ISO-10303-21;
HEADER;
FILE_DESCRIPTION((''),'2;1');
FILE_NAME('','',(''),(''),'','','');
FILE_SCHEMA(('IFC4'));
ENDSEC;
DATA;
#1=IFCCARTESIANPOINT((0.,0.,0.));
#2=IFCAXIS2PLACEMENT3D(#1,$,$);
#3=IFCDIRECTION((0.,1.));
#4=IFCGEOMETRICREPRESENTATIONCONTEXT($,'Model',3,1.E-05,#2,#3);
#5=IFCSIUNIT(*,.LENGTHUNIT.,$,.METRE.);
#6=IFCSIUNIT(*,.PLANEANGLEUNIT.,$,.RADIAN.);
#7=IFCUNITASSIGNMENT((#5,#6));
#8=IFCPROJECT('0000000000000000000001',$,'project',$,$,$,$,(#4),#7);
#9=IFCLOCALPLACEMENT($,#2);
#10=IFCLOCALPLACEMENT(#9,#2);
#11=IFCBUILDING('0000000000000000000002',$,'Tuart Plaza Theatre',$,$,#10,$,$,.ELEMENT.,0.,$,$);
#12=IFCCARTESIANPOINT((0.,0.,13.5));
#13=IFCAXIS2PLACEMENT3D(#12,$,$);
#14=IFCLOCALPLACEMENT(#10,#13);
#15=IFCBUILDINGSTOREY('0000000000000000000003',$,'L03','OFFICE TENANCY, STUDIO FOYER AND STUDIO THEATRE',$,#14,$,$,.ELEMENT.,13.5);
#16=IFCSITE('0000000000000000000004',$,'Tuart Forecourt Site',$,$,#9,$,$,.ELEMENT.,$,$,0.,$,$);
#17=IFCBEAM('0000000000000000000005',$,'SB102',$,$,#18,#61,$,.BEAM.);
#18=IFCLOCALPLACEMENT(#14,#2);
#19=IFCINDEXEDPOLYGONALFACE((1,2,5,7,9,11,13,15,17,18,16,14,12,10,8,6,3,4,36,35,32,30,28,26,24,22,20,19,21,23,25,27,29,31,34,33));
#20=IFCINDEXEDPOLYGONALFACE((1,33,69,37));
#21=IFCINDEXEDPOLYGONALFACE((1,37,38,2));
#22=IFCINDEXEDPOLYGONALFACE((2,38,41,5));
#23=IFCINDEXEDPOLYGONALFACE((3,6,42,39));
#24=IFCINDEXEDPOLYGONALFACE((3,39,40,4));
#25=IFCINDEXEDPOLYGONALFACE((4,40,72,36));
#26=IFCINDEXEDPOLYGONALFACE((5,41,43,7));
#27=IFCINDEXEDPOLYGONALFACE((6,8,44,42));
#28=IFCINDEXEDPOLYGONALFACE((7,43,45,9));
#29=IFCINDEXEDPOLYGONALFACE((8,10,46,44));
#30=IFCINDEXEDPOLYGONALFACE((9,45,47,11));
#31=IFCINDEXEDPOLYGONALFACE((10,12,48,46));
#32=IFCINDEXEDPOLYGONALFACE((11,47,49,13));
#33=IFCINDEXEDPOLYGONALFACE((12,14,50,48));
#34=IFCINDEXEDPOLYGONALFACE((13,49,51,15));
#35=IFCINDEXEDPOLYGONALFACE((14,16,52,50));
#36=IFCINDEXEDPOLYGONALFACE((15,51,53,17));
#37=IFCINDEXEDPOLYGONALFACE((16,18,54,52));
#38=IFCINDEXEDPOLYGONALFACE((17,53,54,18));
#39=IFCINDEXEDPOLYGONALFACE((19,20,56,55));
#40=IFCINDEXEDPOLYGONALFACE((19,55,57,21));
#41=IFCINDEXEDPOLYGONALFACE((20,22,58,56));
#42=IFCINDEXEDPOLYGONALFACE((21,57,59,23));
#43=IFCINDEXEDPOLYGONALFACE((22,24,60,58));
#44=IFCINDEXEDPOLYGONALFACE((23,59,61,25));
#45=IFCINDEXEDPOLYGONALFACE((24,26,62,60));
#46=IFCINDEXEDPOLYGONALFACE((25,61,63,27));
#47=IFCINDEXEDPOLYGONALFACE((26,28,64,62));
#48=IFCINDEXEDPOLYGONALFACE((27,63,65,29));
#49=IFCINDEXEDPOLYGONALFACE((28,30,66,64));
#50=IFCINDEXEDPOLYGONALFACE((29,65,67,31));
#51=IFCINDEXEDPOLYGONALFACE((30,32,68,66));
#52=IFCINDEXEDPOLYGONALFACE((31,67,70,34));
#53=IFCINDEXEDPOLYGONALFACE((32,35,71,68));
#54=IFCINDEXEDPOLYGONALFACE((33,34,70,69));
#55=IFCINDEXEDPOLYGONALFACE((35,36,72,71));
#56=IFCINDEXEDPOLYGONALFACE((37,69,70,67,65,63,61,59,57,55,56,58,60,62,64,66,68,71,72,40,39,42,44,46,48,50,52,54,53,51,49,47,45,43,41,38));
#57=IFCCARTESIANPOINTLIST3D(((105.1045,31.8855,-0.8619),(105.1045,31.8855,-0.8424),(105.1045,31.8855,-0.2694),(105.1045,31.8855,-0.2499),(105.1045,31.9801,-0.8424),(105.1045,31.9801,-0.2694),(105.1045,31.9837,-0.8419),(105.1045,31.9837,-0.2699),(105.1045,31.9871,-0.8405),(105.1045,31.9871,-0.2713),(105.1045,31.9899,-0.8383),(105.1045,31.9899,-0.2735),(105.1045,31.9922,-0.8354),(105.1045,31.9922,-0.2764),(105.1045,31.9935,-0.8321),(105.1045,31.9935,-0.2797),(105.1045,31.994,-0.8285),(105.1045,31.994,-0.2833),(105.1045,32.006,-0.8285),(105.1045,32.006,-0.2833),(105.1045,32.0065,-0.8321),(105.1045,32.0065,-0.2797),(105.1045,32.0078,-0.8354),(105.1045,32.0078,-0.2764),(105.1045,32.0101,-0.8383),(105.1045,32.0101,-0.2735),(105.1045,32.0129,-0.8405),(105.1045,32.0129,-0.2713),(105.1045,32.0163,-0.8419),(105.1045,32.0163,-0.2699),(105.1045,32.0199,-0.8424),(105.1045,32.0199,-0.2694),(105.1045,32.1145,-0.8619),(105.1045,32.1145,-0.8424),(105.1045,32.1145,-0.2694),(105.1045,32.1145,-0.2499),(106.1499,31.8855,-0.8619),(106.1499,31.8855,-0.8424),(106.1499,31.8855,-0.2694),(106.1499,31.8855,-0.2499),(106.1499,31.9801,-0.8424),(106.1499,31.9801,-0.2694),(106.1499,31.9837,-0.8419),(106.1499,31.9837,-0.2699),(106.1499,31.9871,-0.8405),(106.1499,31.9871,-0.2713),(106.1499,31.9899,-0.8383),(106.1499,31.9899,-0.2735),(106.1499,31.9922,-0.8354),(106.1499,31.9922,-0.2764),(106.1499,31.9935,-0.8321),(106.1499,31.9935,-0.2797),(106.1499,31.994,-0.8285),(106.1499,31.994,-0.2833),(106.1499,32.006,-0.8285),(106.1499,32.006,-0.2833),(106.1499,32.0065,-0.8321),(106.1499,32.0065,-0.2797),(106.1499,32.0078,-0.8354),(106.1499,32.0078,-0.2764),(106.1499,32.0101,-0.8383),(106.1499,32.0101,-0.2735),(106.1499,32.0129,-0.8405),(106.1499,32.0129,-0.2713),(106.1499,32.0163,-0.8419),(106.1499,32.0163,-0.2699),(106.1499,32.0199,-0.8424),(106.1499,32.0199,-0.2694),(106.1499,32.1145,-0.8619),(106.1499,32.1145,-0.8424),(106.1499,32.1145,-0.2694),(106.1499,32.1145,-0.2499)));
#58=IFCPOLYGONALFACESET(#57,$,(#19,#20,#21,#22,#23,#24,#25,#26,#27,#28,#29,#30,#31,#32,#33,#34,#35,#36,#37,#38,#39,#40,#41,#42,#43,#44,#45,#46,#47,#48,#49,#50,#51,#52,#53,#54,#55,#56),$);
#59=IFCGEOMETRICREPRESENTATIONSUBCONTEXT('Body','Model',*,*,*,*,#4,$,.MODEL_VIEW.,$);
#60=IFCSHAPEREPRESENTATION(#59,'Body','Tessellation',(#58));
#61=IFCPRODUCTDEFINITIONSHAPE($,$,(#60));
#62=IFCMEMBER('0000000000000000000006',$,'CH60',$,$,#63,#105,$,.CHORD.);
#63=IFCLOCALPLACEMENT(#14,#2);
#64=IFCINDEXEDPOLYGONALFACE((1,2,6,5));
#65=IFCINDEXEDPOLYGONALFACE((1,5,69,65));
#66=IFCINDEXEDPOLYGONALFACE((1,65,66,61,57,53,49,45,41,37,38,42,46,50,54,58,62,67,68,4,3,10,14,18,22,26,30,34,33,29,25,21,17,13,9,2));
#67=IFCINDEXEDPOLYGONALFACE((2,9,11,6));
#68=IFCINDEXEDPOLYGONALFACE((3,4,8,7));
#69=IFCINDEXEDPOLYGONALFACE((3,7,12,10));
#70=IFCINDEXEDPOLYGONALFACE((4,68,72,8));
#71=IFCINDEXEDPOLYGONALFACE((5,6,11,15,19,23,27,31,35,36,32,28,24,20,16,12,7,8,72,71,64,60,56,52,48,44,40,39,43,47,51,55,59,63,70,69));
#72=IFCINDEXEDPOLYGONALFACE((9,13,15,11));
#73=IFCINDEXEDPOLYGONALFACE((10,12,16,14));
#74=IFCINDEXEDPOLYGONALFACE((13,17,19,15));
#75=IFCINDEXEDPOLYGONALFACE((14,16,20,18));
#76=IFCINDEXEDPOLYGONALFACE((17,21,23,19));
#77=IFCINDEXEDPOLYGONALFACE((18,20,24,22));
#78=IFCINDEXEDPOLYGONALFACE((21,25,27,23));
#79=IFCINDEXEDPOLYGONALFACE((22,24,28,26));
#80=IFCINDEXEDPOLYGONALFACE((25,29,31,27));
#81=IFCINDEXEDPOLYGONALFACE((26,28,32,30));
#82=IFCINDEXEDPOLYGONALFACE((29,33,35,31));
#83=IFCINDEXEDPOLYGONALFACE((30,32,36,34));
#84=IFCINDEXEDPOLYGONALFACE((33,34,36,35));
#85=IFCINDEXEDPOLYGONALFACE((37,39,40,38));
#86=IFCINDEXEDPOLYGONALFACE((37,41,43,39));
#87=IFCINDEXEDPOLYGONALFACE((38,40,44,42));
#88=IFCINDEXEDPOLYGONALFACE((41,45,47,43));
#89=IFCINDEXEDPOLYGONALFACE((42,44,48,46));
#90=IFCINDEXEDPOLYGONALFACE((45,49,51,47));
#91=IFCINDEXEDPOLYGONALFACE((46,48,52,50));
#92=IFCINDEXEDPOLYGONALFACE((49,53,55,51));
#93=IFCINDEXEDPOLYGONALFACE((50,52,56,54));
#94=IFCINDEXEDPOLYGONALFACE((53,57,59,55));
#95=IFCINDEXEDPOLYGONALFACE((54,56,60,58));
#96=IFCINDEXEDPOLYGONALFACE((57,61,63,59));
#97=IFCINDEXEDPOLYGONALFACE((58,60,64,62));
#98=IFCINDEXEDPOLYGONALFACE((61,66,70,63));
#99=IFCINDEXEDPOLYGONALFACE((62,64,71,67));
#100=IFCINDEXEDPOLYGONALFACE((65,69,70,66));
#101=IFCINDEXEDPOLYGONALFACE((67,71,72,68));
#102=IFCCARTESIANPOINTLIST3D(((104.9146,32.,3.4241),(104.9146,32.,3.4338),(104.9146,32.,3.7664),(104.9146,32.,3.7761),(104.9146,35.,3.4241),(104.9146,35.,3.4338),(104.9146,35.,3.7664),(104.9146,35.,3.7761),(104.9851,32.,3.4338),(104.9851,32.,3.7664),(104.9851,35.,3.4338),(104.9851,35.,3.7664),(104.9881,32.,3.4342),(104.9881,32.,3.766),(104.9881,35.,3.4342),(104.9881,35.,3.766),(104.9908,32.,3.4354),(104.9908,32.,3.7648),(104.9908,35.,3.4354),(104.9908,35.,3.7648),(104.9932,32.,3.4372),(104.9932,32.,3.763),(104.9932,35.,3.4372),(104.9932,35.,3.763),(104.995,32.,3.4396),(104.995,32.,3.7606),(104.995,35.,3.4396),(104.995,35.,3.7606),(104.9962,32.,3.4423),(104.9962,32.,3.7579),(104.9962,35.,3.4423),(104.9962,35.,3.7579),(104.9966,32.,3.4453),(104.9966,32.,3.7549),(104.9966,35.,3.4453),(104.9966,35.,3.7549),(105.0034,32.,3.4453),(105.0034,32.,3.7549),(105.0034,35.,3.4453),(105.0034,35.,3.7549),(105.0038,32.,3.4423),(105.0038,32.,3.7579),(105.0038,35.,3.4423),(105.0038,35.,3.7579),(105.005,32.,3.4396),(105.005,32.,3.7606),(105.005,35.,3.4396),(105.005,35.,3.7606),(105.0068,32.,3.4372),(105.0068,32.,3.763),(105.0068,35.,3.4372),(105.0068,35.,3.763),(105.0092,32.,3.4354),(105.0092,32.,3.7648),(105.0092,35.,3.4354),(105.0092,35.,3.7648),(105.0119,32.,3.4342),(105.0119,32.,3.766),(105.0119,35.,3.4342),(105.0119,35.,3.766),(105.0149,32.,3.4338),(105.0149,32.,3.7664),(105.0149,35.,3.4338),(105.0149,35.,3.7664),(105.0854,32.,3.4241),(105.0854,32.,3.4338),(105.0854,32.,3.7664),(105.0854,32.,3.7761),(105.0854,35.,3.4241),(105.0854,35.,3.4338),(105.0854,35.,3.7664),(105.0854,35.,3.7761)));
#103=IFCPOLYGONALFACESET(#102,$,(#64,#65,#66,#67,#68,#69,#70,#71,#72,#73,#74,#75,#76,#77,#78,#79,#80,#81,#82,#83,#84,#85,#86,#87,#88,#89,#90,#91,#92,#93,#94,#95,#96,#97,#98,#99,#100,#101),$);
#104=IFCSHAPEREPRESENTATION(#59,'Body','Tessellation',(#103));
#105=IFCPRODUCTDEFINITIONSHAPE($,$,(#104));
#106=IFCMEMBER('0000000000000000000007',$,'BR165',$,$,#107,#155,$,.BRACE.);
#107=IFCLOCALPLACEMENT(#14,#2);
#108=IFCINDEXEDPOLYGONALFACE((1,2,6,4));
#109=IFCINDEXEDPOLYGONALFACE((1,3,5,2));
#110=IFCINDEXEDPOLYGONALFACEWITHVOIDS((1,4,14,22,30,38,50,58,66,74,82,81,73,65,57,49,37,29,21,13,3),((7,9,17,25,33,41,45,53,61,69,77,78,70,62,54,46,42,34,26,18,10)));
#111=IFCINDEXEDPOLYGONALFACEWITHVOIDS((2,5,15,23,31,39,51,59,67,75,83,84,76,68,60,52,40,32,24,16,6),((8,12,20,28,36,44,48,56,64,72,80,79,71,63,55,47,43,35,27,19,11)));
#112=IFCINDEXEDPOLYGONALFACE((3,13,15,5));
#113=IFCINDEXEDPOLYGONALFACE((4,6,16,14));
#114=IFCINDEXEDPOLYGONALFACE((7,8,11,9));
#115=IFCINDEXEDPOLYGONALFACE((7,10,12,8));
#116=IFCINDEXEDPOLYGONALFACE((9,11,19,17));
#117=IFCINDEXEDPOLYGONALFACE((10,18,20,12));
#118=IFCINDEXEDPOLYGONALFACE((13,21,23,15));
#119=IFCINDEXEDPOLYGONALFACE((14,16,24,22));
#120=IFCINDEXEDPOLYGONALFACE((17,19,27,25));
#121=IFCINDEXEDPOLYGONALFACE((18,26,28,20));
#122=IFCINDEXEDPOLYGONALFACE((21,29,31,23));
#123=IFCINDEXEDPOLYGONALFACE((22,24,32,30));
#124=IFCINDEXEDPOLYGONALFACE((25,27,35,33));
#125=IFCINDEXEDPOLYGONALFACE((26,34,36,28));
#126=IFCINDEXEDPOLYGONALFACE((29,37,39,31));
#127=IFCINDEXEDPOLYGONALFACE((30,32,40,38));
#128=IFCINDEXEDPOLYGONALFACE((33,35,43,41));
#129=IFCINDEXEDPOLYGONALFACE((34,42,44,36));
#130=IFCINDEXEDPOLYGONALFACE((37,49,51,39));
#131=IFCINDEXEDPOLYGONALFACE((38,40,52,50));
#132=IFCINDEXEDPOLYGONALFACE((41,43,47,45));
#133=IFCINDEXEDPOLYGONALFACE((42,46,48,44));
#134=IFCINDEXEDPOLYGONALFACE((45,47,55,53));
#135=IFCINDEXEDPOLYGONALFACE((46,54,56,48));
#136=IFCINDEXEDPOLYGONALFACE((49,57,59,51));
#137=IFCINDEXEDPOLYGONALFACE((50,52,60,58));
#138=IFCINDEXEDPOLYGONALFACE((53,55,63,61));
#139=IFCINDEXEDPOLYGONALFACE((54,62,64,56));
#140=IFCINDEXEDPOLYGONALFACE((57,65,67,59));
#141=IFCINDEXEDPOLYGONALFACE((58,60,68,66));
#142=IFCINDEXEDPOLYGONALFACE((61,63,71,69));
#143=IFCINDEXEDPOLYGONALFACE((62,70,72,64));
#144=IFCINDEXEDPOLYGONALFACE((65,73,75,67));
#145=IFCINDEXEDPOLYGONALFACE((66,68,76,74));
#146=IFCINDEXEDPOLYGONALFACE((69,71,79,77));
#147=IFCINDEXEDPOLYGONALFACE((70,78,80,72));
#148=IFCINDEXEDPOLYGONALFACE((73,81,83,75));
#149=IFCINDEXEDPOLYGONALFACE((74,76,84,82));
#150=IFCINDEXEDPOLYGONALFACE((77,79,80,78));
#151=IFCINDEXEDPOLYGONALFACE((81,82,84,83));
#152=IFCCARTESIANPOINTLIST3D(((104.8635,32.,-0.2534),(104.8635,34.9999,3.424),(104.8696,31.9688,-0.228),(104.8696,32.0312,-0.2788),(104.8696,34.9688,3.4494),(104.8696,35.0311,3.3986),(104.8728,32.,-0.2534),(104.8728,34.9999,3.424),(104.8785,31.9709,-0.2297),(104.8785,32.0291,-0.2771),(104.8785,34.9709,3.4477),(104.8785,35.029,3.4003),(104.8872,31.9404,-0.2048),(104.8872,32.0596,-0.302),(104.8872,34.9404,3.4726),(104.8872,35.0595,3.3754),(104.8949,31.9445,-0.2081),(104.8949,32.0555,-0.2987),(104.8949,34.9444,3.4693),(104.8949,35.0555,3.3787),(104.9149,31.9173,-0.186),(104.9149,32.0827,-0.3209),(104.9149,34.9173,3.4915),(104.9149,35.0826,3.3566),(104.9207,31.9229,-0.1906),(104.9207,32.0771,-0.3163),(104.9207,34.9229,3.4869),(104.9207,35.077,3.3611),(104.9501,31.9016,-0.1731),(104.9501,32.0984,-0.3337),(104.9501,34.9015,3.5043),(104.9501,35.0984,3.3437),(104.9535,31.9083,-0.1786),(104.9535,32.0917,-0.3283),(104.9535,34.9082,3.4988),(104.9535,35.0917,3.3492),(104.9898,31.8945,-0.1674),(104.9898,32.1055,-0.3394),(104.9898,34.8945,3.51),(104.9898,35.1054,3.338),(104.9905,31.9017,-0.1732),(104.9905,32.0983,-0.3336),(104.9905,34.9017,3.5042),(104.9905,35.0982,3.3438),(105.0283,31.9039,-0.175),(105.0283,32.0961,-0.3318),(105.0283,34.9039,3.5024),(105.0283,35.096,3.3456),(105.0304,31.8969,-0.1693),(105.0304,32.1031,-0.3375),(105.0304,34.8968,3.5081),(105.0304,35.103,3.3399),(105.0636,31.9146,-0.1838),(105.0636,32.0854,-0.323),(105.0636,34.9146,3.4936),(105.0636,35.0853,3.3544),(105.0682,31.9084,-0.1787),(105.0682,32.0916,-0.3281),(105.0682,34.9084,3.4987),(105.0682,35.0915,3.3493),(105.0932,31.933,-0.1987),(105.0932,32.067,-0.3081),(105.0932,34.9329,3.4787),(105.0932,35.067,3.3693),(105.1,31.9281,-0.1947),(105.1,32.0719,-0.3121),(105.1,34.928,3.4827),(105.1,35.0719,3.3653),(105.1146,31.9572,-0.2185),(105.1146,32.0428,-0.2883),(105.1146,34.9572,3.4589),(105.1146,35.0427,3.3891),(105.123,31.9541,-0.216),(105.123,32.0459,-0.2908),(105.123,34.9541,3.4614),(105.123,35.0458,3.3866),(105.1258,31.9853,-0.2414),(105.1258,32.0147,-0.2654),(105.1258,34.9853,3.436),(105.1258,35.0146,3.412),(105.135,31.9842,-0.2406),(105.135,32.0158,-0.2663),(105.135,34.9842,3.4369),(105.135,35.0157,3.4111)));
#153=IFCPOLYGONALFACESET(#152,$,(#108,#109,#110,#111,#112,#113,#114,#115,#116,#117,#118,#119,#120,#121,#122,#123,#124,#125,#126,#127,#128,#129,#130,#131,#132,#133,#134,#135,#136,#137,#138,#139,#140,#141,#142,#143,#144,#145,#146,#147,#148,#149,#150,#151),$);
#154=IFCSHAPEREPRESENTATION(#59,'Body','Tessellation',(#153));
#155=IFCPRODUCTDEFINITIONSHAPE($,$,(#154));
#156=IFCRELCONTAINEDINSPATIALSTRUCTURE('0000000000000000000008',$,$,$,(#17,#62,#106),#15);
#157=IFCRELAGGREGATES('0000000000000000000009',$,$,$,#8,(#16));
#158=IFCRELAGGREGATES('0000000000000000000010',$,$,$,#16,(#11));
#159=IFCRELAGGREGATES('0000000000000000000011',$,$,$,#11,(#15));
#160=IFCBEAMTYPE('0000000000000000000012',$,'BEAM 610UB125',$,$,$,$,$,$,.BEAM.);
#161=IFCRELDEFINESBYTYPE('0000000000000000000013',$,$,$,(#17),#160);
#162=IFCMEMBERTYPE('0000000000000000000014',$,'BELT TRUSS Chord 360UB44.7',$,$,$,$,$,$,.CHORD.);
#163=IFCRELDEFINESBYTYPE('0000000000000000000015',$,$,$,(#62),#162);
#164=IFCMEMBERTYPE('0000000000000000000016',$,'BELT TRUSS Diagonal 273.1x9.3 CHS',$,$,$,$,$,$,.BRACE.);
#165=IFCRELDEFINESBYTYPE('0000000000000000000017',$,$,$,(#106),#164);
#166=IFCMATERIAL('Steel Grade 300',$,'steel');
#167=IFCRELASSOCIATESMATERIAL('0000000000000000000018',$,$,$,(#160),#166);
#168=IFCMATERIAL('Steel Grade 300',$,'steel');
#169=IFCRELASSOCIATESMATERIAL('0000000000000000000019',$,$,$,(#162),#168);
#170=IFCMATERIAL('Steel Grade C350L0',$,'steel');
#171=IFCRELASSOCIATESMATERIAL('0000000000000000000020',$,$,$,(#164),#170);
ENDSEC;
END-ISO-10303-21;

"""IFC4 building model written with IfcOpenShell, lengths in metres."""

from ifc_helpers import new_model, si_unit, direction, frame, origin, origin_2d, place, context, subcontext, project, spatial, hollow_circle, i_section, extrude, material, material_profile, profile_set, type_object, element, save


model = new_model("IFC4")

# Units and contexts
model_context = context("Model", 3, precision=1e-05, world=origin(), true_north=direction((0.0, 1.0)))
body_context = subcontext(model_context, "Body", "Model", "MODEL_VIEW")
ifc_project = project(units=[si_unit("LENGTHUNIT", "METRE"), si_unit("PLANEANGLEUNIT", "RADIAN")], contexts=[model_context])

# Site, building, storey
site_placement = place(None, origin())
site = spatial("IfcSite", under=ifc_project, at=site_placement, Name="Tuart Forecourt Site", CompositionType="ELEMENT", RefElevation=0.0)
building_placement = place(site_placement, origin())
building = spatial("IfcBuilding", under=site, at=building_placement, Name="Tuart Plaza Theatre", CompositionType="ELEMENT", ElevationOfRefHeight=0.0)
storey_placement = place(building_placement, frame((0.0, 0.0, 13.5)))
storey = spatial("IfcBuildingStorey", under=building, at=storey_placement, Name="L03", Description="OFFICE TENANCY, STUDIO FOYER AND STUDIO THEATRE", CompositionType="ELEMENT", Elevation=13.5)

# Beam
ifc_material_1 = material(Name="Steel Grade 300", Category="steel")
ifc_material_profile_1 = material_profile(ifc_material_1, i_section(OverallWidth=0.229, OverallDepth=0.6121, WebThickness=0.012, FlangeThickness=0.0195, FilletRadius=0.0139, at=origin_2d()), Name="610UB125")
ifc_profile_set_1 = profile_set([ifc_material_profile_1], Name="Steel Grade 300")
beam_type = type_object("IfcBeamType", Name="BEAM 610UB125", PredefinedType="BEAM", material=ifc_profile_set_1)
beam_placement = place(storey_placement, frame((105.1045, 32.0, -0.5559), z_axis=(1.0, 0.0, 0.0), x_axis=(0.0, 1.0, 0.0)))
element("IfcBeam", 1, at=beam_placement, inside=storey, type_object=beam_type, Name="SB102", PredefinedType="BEAM", context=body_context, shape_type="SweptSolid", body=[
    extrude(i_section(OverallWidth=0.229, OverallDepth=0.6121, WebThickness=0.012, FlangeThickness=0.0195, FilletRadius=0.0139, at=origin_2d()), origin(), (0.0, 0.0, 1.0), 1.0454),
])

# Members
ifc_material_2 = material(Name="Steel Grade 300", Category="steel")
ifc_material_profile_2 = material_profile(ifc_material_2, i_section(OverallWidth=0.1709, OverallDepth=0.3521, WebThickness=0.0068, FlangeThickness=0.0098, FilletRadius=0.0115, at=origin_2d()), Name="360UB44.7")
ifc_profile_set_2 = profile_set([ifc_material_profile_2], Name="Steel Grade 300")
member_type_1 = type_object("IfcMemberType", Name="BELT TRUSS Chord 360UB44.7", PredefinedType="CHORD", material=ifc_profile_set_2)
member_1_placement = place(storey_placement, frame((105.0, 32.0, 3.6001), z_axis=(0.0, 1.0, 0.0), x_axis=(-1.0, 0.0, 0.0)))
element("IfcMember", 2, at=member_1_placement, inside=storey, type_object=member_type_1, Name="CH60", PredefinedType="CHORD", context=body_context, shape_type="SweptSolid", body=[
    extrude(i_section(OverallWidth=0.1709, OverallDepth=0.3521, WebThickness=0.0068, FlangeThickness=0.0098, FilletRadius=0.0115, at=origin_2d()), origin(), (0.0, 0.0, 1.0), 3.0),
])
ifc_material_3 = material(Name="Steel Grade C350L0", Category="steel")
ifc_material_profile_3 = material_profile(ifc_material_3, hollow_circle(Radius=0.1365, WallThickness=0.0093, at=origin_2d()), Name="273.1x9.3 CHS")
ifc_profile_set_3 = profile_set([ifc_material_profile_3], Name="Steel Grade C350L0")
member_type_2 = type_object("IfcMemberType", Name="BELT TRUSS Diagonal 273.1x9.3 CHS", PredefinedType="BRACE", material=ifc_profile_set_3)
member_2_placement = place(storey_placement, frame((105.0, 32.0, -0.2534), z_axis=(0.0, 0.632119, 0.774871), x_axis=(-1.0, 0.0, 0.0)))
element("IfcMember", 3, at=member_2_placement, inside=storey, type_object=member_type_2, Name="BR165", PredefinedType="BRACE", context=body_context, shape_type="SweptSolid", body=[
    extrude(hollow_circle(Radius=0.1365, WallThickness=0.0093, at=origin_2d()), origin(), (0.0, 0.0, 1.0), 4.7458),
])

save(model, "model.ifc")
